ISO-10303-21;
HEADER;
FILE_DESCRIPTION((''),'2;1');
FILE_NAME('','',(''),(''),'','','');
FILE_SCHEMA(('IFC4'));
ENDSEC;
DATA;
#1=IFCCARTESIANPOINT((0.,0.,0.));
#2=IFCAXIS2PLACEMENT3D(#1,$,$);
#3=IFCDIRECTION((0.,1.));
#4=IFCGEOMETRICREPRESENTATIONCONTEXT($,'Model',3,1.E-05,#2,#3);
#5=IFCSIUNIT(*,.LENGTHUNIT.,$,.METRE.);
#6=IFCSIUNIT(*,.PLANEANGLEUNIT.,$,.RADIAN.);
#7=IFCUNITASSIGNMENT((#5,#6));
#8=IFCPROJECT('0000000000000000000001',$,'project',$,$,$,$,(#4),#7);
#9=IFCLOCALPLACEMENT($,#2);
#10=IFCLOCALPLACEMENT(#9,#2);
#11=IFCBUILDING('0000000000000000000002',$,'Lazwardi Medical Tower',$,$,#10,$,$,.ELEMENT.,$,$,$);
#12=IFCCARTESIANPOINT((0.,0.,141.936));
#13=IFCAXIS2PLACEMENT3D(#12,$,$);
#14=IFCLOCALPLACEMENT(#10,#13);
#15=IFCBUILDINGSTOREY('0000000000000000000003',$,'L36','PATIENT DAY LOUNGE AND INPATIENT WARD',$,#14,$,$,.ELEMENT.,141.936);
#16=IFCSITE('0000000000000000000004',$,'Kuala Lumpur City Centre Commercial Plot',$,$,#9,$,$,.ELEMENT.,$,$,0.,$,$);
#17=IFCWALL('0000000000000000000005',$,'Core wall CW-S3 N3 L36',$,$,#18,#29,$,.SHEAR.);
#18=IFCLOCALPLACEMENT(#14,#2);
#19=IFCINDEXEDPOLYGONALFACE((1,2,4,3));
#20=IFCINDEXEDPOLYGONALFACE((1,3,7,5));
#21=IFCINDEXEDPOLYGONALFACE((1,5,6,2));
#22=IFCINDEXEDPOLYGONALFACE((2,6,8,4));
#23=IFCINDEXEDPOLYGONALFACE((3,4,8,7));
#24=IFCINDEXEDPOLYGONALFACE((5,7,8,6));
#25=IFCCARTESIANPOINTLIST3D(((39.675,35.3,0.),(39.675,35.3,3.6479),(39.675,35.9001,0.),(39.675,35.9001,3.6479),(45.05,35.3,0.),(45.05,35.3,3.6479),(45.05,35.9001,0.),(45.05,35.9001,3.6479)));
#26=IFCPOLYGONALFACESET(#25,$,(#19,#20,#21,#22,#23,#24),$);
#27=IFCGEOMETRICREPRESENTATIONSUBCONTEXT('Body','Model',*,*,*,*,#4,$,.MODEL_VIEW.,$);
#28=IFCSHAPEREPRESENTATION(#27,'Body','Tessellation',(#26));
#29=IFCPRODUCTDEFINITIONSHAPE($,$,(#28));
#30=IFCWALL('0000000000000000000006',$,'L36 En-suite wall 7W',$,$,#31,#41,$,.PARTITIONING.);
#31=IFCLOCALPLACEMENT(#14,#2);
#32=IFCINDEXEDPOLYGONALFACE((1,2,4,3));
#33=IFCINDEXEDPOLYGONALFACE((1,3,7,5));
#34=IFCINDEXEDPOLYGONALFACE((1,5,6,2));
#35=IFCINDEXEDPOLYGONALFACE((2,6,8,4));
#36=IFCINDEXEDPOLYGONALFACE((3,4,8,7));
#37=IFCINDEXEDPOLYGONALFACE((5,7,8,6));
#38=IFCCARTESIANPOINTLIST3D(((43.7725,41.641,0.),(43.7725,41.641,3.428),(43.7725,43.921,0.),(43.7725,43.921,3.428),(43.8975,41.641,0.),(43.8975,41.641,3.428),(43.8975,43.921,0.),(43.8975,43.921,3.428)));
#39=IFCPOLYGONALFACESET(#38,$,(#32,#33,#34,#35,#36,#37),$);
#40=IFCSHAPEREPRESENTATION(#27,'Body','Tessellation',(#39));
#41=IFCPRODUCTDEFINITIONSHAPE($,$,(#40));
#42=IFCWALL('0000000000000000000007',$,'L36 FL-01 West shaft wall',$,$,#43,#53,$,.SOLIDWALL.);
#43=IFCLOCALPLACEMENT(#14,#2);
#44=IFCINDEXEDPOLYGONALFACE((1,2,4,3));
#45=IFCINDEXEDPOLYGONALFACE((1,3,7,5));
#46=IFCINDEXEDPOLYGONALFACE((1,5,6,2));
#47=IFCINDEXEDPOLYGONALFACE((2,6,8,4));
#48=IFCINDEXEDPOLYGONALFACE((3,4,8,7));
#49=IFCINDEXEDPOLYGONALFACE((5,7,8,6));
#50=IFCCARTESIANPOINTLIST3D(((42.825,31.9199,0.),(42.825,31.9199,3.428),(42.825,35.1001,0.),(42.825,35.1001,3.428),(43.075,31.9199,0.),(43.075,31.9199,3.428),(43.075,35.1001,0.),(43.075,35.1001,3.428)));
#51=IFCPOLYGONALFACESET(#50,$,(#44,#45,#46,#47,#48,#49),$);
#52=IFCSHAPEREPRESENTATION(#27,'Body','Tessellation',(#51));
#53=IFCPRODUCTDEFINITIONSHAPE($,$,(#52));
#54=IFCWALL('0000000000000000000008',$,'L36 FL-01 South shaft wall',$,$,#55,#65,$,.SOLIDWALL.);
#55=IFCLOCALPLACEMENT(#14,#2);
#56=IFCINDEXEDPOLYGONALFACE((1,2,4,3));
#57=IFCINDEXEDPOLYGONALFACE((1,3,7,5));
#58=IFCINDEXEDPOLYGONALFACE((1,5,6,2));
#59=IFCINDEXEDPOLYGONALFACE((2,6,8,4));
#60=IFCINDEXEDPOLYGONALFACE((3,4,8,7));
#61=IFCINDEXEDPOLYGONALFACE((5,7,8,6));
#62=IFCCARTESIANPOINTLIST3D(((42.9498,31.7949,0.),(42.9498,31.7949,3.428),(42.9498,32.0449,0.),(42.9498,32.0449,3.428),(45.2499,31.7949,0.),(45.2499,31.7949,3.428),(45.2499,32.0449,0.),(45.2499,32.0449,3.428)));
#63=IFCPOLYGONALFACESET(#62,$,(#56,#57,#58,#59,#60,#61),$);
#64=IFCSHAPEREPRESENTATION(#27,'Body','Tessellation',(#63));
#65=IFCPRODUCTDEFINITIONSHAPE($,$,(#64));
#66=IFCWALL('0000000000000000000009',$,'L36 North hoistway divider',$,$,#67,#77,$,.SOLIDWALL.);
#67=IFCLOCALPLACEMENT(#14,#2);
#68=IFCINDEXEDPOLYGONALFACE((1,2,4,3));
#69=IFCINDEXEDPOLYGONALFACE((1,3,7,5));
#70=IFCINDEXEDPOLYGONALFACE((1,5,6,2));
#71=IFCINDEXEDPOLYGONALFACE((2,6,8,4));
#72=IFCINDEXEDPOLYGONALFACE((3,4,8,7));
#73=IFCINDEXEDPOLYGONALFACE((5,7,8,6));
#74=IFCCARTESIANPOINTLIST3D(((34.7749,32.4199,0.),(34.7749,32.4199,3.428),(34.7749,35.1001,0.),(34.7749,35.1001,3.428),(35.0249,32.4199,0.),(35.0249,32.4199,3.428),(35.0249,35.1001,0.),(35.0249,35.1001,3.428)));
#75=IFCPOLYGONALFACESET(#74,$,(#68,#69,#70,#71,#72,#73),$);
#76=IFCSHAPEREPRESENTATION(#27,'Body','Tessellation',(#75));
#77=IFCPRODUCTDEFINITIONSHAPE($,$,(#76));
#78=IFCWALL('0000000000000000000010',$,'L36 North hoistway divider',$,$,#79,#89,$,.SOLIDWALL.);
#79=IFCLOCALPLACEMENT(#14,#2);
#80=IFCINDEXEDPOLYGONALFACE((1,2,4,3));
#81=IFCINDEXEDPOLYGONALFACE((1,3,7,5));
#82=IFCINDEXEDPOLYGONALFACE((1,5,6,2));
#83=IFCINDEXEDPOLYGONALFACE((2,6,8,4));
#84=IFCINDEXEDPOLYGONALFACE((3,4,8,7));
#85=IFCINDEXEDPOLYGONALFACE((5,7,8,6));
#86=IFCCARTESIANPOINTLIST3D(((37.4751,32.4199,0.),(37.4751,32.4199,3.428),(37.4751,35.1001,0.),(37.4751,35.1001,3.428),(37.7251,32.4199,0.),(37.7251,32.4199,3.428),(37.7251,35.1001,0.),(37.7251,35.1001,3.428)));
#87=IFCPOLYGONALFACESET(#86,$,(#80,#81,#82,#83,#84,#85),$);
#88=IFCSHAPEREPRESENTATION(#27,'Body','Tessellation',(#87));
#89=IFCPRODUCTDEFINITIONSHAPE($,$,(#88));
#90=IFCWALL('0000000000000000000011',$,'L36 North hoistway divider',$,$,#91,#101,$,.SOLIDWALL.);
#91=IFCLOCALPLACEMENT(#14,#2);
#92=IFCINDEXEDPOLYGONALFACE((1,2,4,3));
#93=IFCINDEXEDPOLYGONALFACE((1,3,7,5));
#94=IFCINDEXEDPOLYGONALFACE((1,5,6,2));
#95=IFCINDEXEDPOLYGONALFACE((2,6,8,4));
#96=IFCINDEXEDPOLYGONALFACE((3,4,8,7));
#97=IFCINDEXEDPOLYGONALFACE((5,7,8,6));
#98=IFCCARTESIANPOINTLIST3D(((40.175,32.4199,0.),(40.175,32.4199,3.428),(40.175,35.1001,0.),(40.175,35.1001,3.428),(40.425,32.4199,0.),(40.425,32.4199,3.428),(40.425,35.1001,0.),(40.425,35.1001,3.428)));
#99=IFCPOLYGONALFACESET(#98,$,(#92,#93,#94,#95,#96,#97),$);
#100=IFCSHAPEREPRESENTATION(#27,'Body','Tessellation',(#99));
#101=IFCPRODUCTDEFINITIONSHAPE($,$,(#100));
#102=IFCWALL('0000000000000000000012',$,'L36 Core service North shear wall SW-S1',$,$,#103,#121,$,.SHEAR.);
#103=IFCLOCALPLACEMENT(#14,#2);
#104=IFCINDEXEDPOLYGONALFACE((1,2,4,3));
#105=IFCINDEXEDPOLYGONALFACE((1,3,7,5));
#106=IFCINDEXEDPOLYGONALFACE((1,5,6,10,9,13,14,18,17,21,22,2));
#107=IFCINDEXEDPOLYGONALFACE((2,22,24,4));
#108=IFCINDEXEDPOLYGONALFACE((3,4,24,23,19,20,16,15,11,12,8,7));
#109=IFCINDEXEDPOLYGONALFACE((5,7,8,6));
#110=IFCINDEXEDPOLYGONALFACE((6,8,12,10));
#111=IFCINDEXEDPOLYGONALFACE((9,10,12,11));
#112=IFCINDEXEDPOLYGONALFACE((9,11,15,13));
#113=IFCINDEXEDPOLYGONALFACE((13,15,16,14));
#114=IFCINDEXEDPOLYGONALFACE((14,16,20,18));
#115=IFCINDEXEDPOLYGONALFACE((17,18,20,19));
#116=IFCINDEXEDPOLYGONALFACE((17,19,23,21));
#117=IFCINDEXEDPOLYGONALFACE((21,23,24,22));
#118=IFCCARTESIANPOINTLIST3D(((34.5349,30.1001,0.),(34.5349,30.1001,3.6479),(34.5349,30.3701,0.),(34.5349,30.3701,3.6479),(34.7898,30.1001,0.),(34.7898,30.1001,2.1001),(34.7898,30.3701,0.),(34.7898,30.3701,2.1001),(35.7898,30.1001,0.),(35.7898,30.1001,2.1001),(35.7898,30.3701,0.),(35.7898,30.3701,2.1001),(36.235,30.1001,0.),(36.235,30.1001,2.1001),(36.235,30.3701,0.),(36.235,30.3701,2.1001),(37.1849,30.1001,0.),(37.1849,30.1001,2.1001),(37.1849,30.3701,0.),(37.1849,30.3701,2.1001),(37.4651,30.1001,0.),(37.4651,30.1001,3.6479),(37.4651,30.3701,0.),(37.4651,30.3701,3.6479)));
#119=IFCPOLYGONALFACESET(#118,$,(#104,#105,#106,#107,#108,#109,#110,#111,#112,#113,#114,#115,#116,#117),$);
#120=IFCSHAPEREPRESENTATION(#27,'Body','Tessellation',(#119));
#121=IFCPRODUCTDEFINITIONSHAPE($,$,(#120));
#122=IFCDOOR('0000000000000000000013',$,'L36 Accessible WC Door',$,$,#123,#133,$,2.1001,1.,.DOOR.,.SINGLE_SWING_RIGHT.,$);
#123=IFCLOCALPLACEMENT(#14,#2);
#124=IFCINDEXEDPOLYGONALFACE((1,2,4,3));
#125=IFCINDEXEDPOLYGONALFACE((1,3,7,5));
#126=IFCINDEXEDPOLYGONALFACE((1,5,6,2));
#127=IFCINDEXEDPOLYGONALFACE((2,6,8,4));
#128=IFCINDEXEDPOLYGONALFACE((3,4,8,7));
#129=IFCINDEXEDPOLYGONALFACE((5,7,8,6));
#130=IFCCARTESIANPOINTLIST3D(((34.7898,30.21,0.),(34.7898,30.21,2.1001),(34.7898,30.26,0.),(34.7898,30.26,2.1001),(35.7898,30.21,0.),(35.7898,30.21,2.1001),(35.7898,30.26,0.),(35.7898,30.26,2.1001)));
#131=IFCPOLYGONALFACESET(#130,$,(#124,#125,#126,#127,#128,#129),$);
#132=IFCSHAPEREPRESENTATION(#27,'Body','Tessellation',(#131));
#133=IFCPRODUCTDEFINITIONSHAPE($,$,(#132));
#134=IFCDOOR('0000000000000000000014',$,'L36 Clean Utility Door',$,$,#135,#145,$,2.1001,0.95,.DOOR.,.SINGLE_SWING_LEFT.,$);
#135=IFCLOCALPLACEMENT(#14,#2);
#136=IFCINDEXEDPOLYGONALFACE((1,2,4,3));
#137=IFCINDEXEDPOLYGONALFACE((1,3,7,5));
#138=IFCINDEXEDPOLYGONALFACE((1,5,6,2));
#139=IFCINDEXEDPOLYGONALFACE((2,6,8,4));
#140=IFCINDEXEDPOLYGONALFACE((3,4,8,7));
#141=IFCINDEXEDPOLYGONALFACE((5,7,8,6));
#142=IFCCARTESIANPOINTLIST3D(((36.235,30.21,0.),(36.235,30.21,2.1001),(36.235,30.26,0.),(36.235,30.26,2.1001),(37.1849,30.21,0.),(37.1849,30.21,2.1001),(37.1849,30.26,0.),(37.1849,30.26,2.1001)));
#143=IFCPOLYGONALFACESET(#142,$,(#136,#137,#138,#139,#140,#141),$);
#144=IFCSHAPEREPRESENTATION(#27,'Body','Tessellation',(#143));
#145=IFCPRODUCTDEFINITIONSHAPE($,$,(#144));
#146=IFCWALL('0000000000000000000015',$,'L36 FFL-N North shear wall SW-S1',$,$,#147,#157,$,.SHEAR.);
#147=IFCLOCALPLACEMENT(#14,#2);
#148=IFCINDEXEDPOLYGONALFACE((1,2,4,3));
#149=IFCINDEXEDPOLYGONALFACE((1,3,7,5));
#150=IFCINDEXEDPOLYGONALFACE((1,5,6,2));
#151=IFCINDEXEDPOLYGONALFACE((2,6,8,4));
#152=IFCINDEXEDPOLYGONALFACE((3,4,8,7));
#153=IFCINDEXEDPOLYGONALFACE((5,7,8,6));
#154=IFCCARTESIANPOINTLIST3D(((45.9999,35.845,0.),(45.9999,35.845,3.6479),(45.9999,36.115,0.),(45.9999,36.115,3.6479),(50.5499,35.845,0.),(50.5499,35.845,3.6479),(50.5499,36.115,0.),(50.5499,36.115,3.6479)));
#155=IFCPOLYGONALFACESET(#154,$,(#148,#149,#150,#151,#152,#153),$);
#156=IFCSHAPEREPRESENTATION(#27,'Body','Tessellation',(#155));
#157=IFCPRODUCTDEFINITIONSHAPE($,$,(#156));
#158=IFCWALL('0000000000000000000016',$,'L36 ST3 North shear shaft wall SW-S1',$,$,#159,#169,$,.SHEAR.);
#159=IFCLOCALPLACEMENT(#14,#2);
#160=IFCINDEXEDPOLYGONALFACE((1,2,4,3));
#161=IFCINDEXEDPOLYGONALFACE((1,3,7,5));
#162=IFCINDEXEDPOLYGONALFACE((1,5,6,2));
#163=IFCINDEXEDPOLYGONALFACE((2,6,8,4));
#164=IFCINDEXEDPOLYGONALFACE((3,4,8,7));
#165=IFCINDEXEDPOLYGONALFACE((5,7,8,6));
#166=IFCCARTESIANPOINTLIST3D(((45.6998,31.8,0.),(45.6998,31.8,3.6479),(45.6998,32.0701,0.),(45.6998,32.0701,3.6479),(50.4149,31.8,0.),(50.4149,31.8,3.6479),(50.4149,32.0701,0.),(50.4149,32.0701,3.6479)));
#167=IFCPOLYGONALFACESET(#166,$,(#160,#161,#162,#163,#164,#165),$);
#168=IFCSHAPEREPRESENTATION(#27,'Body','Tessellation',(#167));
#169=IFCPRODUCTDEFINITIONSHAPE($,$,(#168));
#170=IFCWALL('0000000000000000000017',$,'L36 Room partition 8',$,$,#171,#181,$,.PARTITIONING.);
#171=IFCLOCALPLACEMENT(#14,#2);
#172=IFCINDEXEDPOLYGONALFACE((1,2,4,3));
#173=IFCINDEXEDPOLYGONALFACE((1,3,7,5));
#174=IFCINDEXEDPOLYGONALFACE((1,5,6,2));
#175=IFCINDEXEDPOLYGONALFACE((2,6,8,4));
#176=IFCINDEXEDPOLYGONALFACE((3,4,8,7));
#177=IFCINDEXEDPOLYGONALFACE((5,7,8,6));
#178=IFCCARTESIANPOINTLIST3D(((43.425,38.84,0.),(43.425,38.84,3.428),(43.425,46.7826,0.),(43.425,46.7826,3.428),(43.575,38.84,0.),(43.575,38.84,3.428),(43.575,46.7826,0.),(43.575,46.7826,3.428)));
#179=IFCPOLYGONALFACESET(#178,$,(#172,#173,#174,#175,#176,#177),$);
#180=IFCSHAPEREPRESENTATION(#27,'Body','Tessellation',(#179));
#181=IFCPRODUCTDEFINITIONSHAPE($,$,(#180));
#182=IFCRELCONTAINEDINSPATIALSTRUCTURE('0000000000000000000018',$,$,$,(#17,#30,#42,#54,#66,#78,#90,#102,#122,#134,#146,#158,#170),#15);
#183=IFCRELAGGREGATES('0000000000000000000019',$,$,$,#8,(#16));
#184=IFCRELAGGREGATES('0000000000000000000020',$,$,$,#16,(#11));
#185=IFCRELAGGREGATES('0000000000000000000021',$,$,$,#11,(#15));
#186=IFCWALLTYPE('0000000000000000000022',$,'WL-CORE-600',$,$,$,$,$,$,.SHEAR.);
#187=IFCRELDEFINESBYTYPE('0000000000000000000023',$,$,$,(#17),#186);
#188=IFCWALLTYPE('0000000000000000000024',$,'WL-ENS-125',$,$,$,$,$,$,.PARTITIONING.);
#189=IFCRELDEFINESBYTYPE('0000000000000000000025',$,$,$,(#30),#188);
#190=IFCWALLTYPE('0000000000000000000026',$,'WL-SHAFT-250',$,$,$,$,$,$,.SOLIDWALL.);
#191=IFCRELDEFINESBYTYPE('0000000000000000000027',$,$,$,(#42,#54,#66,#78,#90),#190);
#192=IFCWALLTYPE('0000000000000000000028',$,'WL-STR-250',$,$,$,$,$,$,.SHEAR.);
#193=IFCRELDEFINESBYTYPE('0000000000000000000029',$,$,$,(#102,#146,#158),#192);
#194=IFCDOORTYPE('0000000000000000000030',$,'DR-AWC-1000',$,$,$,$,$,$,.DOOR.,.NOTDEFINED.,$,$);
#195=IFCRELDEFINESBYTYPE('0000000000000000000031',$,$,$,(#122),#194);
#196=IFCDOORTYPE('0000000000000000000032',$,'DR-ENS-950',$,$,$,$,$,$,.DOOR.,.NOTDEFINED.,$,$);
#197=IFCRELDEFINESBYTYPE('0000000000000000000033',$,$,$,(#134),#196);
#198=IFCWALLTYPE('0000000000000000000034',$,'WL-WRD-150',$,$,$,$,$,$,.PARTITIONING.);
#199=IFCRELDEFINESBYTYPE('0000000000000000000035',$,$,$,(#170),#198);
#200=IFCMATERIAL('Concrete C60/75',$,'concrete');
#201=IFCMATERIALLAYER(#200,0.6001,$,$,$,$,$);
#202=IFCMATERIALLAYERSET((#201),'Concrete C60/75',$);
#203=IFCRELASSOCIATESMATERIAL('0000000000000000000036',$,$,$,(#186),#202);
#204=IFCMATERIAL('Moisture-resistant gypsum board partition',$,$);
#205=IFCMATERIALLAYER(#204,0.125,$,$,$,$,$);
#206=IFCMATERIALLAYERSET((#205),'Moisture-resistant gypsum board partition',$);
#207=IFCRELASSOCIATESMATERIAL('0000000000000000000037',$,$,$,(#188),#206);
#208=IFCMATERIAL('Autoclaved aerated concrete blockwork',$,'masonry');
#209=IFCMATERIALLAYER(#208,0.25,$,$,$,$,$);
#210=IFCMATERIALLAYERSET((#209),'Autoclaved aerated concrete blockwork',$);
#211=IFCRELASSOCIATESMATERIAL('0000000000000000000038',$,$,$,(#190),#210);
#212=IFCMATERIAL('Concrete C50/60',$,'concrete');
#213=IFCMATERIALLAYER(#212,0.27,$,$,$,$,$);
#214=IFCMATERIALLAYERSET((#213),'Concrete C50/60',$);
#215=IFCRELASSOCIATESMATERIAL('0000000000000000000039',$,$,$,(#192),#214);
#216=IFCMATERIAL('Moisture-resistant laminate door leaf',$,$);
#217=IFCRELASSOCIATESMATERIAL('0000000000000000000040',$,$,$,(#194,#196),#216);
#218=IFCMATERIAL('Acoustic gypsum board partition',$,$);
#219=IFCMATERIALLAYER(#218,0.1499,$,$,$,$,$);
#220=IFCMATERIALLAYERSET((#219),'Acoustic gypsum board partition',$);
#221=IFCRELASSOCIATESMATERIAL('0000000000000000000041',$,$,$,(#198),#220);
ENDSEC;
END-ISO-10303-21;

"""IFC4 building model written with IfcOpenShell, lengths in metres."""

from ifc_helpers import new_model, si_unit, direction, frame, frame_2d, origin, place, context, subcontext, project, spatial, rectangle, extrude, material, layer, layer_set, type_object, element, fill, save


model = new_model("IFC4")

# Units and contexts
model_context = context("Model", 3, precision=1e-05, world=origin(), true_north=direction((0.0, 1.0)))
body_context = subcontext(model_context, "Body", "Model", "MODEL_VIEW")
ifc_project = project(units=[si_unit("LENGTHUNIT", "METRE"), si_unit("PLANEANGLEUNIT", "RADIAN")], contexts=[model_context])

# Site, building, storey
site_placement = place(None, origin())
site = spatial("IfcSite", under=ifc_project, at=site_placement, Name="Kuala Lumpur City Centre Commercial Plot", CompositionType="ELEMENT", RefElevation=0.0)
building_placement = place(site_placement, origin())
building = spatial("IfcBuilding", under=site, at=building_placement, Name="Lazwardi Medical Tower", CompositionType="ELEMENT")
storey_placement = place(building_placement, frame((0.0, 0.0, 141.936)))
storey = spatial("IfcBuildingStorey", under=building, at=storey_placement, Name="L36", Description="PATIENT DAY LOUNGE AND INPATIENT WARD", CompositionType="ELEMENT", Elevation=141.936)

# Shared definitions
ifc_material_1 = material(Name="Concrete C60/75", Category="concrete")

# Walls
ifc_layer_1 = layer(ifc_material_1, 0.6001)
ifc_layer_set_1 = layer_set([ifc_layer_1], Name="Concrete C60/75")
wall_type_1 = type_object("IfcWallType", Name="WL-CORE-600", PredefinedType="SHEAR", material=ifc_layer_set_1)
wall_1_placement = place(storey_placement, frame((39.675, 35.6001, 0.0), z_axis=(0.0, 0.0, 1.0), x_axis=(1.0, 0.0, 0.0)))
element("IfcWall", 1, at=wall_1_placement, inside=storey, type_object=wall_type_1, Name="Core wall CW-S3 N3 L36", PredefinedType="SHEAR", context=body_context, shape_type="SweptSolid", body=[
    extrude(rectangle(XDim=5.375, YDim=0.6001, at=frame_2d((2.6875, 0.0))), origin(), (0.0, 0.0, 1.0), 3.6479),
])
ifc_material_2 = material(Name="Moisture-resistant gypsum board partition")
ifc_layer_2 = layer(ifc_material_2, 0.125)
ifc_layer_set_2 = layer_set([ifc_layer_2], Name="Moisture-resistant gypsum board partition")
wall_type_2 = type_object("IfcWallType", Name="WL-ENS-125", PredefinedType="PARTITIONING", material=ifc_layer_set_2)
wall_2_placement = place(storey_placement, frame((43.835, 41.6409, 0.0), z_axis=(0.0, 0.0, 1.0), x_axis=(0.0, 1.0, 0.0)))
element("IfcWall", 2, at=wall_2_placement, inside=storey, type_object=wall_type_2, Name="L36 En-suite wall 7W", PredefinedType="PARTITIONING", context=body_context, shape_type="SweptSolid", body=[
    extrude(rectangle(XDim=2.28, YDim=0.125, at=frame_2d((1.1401, 0.0))), origin(), (0.0, 0.0, 1.0), 3.428),
])
ifc_material_3 = material(Name="Autoclaved aerated concrete blockwork", Category="masonry")
ifc_layer_3 = layer(ifc_material_3, 0.25)
ifc_layer_set_3 = layer_set([ifc_layer_3], Name="Autoclaved aerated concrete blockwork")
wall_type_3 = type_object("IfcWallType", Name="WL-SHAFT-250", PredefinedType="SOLIDWALL", material=ifc_layer_set_3)
wall_3_placement = place(storey_placement, frame((42.95, 31.9199, 0.0), z_axis=(0.0, 0.0, 1.0), x_axis=(0.0, 1.0, 0.0)))
element("IfcWall", 3, at=wall_3_placement, inside=storey, type_object=wall_type_3, Name="L36 FL-01 West shaft wall", PredefinedType="SOLIDWALL", context=body_context, shape_type="SweptSolid", body=[
    extrude(rectangle(XDim=3.1802, YDim=0.25, at=frame_2d((1.5901, 0.0))), origin(), (0.0, 0.0, 1.0), 3.428),
])
wall_4_placement = place(storey_placement, frame((42.95, 31.9199, 0.0), z_axis=(0.0, 0.0, 1.0), x_axis=(1.0, 0.0, 0.0)))
element("IfcWall", 4, at=wall_4_placement, inside=storey, type_object=wall_type_3, Name="L36 FL-01 South shaft wall", PredefinedType="SOLIDWALL", context=body_context, shape_type="SweptSolid", body=[
    extrude(rectangle(XDim=2.3, YDim=0.25, at=frame_2d((1.1499, 0.0))), origin(), (0.0, 0.0, 1.0), 3.428),
])
for number, where, z_axis, x_axis, name in (
    (5, (34.8999, 32.4199, 0.0), (0.0, 0.0, 1.0), (0.0, 1.0, 0.0), "L36 North hoistway divider"),
    (6, (37.6001, 32.4199, 0.0), (0.0, 0.0, 1.0), (0.0, 1.0, 0.0), "L36 North hoistway divider"),
    (7, (40.3, 32.4199, 0.0), (0.0, 0.0, 1.0), (0.0, 1.0, 0.0), "L36 North hoistway divider"),
):
    element("IfcWall", number, at=place(storey_placement, frame(where, z_axis=z_axis, x_axis=x_axis)), inside=storey, type_object=wall_type_3, Name=name, PredefinedType="SOLIDWALL", context=body_context, shape_type="SweptSolid", body=[
        extrude(rectangle(XDim=2.6802, YDim=0.25, at=frame_2d((1.3401, 0.0))), origin(), (0.0, 0.0, 1.0), 3.428),
    ])

# Wall, openings, doors
ifc_material_4 = material(Name="Concrete C50/60", Category="concrete")
ifc_layer_4 = layer(ifc_material_4, 0.27)
ifc_layer_set_4 = layer_set([ifc_layer_4], Name="Concrete C50/60")
wall_type_4 = type_object("IfcWallType", Name="WL-STR-250", PredefinedType="SHEAR", material=ifc_layer_set_4)
wall_5_placement = place(storey_placement, frame((34.5349, 30.2351, 0.0), z_axis=(0.0, 0.0, 1.0), x_axis=(1.0, 0.0, 0.0)))
wall_5 = element("IfcWall", 8, at=wall_5_placement, inside=storey, type_object=wall_type_4, Name="L36 Core service North shear wall SW-S1", PredefinedType="SHEAR", context=body_context, shape_type="SweptSolid", body=[
    extrude(rectangle(XDim=2.9302, YDim=0.27, at=frame_2d((1.4651, 0.0))), origin(), (0.0, 0.0, 1.0), 3.6479),
])
opening_1_placement = place(wall_5_placement, frame((0.2549, 0.0, 0.0)))
opening_1 = element("IfcOpeningElement", 9, at=opening_1_placement, cuts=wall_5, PredefinedType="OPENING", context=body_context, shape_type="SweptSolid", body=[
    extrude(rectangle(XDim=1.0, YDim=2.1001, at=frame_2d((0.5, 1.05))), frame((0.0, 0.145, 0.0), z_axis=(0.0, -1.0, 0.0), x_axis=(1.0, 0.0, 0.0)), (0.0, 0.0, 1.0), 0.29),
])
opening_2_placement = place(wall_5_placement, frame((1.7, 0.0, 0.0)))
opening_2 = element("IfcOpeningElement", 10, at=opening_2_placement, cuts=wall_5, PredefinedType="OPENING", context=body_context, shape_type="SweptSolid", body=[
    extrude(rectangle(XDim=0.95, YDim=2.1001, at=frame_2d((0.4751, 1.05))), frame((0.0, 0.145, 0.0), z_axis=(0.0, -1.0, 0.0), x_axis=(1.0, 0.0, 0.0)), (0.0, 0.0, 1.0), 0.29),
])
ifc_material_5 = material(Name="Moisture-resistant laminate door leaf")
door_type_1 = type_object("IfcDoorType", Name="DR-AWC-1000", OperationType="NOTDEFINED", PredefinedType="DOOR", material=ifc_material_5)
door_1_placement = place(opening_1_placement, origin())
door_1 = element("IfcDoor", 11, at=door_1_placement, inside=storey, type_object=door_type_1, Name="L36 Accessible WC Door", OperationType="SINGLE_SWING_RIGHT", OverallHeight=2.1001, OverallWidth=1.0, PredefinedType="DOOR", context=body_context, shape_type="SweptSolid", body=[
    extrude(rectangle(XDim=1.0, YDim=2.1001, at=frame_2d((0.5, 1.05))), frame((0.0, 0.0249, 0.0), z_axis=(0.0, -1.0, 0.0), x_axis=(1.0, 0.0, 0.0)), (0.0, 0.0, 1.0), 0.05),
])
fill(opening_1, door_1)
door_type_2 = type_object("IfcDoorType", Name="DR-ENS-950", OperationType="NOTDEFINED", PredefinedType="DOOR", material=ifc_material_5)
door_2_placement = place(opening_2_placement, origin())
door_2 = element("IfcDoor", 12, at=door_2_placement, inside=storey, type_object=door_type_2, Name="L36 Clean Utility Door", OperationType="SINGLE_SWING_LEFT", OverallHeight=2.1001, OverallWidth=0.95, PredefinedType="DOOR", context=body_context, shape_type="SweptSolid", body=[
    extrude(rectangle(XDim=0.95, YDim=2.1001, at=frame_2d((0.4751, 1.05))), frame((0.0, 0.0249, 0.0), z_axis=(0.0, -1.0, 0.0), x_axis=(1.0, 0.0, 0.0)), (0.0, 0.0, 1.0), 0.05),
])
fill(opening_2, door_2)

# Walls
wall_6_placement = place(storey_placement, frame((46.0, 35.98, 0.0), z_axis=(0.0, 0.0, 1.0), x_axis=(1.0, 0.0, 0.0)))
element("IfcWall", 13, at=wall_6_placement, inside=storey, type_object=wall_type_4, Name="L36 FFL-N North shear wall SW-S1", PredefinedType="SHEAR", context=body_context, shape_type="SweptSolid", body=[
    extrude(rectangle(XDim=4.55, YDim=0.27, at=frame_2d((2.2749, 0.0))), origin(), (0.0, 0.0, 1.0), 3.6479),
])
wall_7_placement = place(storey_placement, frame((45.7, 31.9351, 0.0), z_axis=(0.0, 0.0, 1.0), x_axis=(1.0, 0.0, 0.0)))
element("IfcWall", 14, at=wall_7_placement, inside=storey, type_object=wall_type_4, Name="L36 ST3 North shear shaft wall SW-S1", PredefinedType="SHEAR", context=body_context, shape_type="SweptSolid", body=[
    extrude(rectangle(XDim=4.7151, YDim=0.27, at=frame_2d((2.3574, 0.0))), origin(), (0.0, 0.0, 1.0), 3.6479),
])
ifc_material_6 = material(Name="Acoustic gypsum board partition")
ifc_layer_5 = layer(ifc_material_6, 0.1499)
ifc_layer_set_5 = layer_set([ifc_layer_5], Name="Acoustic gypsum board partition")
wall_type_5 = type_object("IfcWallType", Name="WL-WRD-150", PredefinedType="PARTITIONING", material=ifc_layer_set_5)
wall_8_placement = place(storey_placement, frame((43.5, 38.8401, 0.0), z_axis=(0.0, 0.0, 1.0), x_axis=(0.0, 1.0, 0.0)))
element("IfcWall", 15, at=wall_8_placement, inside=storey, type_object=wall_type_5, Name="L36 Room partition 8", PredefinedType="PARTITIONING", context=body_context, shape_type="SweptSolid", body=[
    extrude(rectangle(XDim=7.9426, YDim=0.1499, at=frame_2d((3.9712, 0.0))), origin(), (0.0, 0.0, 1.0), 3.428),
])

save(model, "model.ifc")
